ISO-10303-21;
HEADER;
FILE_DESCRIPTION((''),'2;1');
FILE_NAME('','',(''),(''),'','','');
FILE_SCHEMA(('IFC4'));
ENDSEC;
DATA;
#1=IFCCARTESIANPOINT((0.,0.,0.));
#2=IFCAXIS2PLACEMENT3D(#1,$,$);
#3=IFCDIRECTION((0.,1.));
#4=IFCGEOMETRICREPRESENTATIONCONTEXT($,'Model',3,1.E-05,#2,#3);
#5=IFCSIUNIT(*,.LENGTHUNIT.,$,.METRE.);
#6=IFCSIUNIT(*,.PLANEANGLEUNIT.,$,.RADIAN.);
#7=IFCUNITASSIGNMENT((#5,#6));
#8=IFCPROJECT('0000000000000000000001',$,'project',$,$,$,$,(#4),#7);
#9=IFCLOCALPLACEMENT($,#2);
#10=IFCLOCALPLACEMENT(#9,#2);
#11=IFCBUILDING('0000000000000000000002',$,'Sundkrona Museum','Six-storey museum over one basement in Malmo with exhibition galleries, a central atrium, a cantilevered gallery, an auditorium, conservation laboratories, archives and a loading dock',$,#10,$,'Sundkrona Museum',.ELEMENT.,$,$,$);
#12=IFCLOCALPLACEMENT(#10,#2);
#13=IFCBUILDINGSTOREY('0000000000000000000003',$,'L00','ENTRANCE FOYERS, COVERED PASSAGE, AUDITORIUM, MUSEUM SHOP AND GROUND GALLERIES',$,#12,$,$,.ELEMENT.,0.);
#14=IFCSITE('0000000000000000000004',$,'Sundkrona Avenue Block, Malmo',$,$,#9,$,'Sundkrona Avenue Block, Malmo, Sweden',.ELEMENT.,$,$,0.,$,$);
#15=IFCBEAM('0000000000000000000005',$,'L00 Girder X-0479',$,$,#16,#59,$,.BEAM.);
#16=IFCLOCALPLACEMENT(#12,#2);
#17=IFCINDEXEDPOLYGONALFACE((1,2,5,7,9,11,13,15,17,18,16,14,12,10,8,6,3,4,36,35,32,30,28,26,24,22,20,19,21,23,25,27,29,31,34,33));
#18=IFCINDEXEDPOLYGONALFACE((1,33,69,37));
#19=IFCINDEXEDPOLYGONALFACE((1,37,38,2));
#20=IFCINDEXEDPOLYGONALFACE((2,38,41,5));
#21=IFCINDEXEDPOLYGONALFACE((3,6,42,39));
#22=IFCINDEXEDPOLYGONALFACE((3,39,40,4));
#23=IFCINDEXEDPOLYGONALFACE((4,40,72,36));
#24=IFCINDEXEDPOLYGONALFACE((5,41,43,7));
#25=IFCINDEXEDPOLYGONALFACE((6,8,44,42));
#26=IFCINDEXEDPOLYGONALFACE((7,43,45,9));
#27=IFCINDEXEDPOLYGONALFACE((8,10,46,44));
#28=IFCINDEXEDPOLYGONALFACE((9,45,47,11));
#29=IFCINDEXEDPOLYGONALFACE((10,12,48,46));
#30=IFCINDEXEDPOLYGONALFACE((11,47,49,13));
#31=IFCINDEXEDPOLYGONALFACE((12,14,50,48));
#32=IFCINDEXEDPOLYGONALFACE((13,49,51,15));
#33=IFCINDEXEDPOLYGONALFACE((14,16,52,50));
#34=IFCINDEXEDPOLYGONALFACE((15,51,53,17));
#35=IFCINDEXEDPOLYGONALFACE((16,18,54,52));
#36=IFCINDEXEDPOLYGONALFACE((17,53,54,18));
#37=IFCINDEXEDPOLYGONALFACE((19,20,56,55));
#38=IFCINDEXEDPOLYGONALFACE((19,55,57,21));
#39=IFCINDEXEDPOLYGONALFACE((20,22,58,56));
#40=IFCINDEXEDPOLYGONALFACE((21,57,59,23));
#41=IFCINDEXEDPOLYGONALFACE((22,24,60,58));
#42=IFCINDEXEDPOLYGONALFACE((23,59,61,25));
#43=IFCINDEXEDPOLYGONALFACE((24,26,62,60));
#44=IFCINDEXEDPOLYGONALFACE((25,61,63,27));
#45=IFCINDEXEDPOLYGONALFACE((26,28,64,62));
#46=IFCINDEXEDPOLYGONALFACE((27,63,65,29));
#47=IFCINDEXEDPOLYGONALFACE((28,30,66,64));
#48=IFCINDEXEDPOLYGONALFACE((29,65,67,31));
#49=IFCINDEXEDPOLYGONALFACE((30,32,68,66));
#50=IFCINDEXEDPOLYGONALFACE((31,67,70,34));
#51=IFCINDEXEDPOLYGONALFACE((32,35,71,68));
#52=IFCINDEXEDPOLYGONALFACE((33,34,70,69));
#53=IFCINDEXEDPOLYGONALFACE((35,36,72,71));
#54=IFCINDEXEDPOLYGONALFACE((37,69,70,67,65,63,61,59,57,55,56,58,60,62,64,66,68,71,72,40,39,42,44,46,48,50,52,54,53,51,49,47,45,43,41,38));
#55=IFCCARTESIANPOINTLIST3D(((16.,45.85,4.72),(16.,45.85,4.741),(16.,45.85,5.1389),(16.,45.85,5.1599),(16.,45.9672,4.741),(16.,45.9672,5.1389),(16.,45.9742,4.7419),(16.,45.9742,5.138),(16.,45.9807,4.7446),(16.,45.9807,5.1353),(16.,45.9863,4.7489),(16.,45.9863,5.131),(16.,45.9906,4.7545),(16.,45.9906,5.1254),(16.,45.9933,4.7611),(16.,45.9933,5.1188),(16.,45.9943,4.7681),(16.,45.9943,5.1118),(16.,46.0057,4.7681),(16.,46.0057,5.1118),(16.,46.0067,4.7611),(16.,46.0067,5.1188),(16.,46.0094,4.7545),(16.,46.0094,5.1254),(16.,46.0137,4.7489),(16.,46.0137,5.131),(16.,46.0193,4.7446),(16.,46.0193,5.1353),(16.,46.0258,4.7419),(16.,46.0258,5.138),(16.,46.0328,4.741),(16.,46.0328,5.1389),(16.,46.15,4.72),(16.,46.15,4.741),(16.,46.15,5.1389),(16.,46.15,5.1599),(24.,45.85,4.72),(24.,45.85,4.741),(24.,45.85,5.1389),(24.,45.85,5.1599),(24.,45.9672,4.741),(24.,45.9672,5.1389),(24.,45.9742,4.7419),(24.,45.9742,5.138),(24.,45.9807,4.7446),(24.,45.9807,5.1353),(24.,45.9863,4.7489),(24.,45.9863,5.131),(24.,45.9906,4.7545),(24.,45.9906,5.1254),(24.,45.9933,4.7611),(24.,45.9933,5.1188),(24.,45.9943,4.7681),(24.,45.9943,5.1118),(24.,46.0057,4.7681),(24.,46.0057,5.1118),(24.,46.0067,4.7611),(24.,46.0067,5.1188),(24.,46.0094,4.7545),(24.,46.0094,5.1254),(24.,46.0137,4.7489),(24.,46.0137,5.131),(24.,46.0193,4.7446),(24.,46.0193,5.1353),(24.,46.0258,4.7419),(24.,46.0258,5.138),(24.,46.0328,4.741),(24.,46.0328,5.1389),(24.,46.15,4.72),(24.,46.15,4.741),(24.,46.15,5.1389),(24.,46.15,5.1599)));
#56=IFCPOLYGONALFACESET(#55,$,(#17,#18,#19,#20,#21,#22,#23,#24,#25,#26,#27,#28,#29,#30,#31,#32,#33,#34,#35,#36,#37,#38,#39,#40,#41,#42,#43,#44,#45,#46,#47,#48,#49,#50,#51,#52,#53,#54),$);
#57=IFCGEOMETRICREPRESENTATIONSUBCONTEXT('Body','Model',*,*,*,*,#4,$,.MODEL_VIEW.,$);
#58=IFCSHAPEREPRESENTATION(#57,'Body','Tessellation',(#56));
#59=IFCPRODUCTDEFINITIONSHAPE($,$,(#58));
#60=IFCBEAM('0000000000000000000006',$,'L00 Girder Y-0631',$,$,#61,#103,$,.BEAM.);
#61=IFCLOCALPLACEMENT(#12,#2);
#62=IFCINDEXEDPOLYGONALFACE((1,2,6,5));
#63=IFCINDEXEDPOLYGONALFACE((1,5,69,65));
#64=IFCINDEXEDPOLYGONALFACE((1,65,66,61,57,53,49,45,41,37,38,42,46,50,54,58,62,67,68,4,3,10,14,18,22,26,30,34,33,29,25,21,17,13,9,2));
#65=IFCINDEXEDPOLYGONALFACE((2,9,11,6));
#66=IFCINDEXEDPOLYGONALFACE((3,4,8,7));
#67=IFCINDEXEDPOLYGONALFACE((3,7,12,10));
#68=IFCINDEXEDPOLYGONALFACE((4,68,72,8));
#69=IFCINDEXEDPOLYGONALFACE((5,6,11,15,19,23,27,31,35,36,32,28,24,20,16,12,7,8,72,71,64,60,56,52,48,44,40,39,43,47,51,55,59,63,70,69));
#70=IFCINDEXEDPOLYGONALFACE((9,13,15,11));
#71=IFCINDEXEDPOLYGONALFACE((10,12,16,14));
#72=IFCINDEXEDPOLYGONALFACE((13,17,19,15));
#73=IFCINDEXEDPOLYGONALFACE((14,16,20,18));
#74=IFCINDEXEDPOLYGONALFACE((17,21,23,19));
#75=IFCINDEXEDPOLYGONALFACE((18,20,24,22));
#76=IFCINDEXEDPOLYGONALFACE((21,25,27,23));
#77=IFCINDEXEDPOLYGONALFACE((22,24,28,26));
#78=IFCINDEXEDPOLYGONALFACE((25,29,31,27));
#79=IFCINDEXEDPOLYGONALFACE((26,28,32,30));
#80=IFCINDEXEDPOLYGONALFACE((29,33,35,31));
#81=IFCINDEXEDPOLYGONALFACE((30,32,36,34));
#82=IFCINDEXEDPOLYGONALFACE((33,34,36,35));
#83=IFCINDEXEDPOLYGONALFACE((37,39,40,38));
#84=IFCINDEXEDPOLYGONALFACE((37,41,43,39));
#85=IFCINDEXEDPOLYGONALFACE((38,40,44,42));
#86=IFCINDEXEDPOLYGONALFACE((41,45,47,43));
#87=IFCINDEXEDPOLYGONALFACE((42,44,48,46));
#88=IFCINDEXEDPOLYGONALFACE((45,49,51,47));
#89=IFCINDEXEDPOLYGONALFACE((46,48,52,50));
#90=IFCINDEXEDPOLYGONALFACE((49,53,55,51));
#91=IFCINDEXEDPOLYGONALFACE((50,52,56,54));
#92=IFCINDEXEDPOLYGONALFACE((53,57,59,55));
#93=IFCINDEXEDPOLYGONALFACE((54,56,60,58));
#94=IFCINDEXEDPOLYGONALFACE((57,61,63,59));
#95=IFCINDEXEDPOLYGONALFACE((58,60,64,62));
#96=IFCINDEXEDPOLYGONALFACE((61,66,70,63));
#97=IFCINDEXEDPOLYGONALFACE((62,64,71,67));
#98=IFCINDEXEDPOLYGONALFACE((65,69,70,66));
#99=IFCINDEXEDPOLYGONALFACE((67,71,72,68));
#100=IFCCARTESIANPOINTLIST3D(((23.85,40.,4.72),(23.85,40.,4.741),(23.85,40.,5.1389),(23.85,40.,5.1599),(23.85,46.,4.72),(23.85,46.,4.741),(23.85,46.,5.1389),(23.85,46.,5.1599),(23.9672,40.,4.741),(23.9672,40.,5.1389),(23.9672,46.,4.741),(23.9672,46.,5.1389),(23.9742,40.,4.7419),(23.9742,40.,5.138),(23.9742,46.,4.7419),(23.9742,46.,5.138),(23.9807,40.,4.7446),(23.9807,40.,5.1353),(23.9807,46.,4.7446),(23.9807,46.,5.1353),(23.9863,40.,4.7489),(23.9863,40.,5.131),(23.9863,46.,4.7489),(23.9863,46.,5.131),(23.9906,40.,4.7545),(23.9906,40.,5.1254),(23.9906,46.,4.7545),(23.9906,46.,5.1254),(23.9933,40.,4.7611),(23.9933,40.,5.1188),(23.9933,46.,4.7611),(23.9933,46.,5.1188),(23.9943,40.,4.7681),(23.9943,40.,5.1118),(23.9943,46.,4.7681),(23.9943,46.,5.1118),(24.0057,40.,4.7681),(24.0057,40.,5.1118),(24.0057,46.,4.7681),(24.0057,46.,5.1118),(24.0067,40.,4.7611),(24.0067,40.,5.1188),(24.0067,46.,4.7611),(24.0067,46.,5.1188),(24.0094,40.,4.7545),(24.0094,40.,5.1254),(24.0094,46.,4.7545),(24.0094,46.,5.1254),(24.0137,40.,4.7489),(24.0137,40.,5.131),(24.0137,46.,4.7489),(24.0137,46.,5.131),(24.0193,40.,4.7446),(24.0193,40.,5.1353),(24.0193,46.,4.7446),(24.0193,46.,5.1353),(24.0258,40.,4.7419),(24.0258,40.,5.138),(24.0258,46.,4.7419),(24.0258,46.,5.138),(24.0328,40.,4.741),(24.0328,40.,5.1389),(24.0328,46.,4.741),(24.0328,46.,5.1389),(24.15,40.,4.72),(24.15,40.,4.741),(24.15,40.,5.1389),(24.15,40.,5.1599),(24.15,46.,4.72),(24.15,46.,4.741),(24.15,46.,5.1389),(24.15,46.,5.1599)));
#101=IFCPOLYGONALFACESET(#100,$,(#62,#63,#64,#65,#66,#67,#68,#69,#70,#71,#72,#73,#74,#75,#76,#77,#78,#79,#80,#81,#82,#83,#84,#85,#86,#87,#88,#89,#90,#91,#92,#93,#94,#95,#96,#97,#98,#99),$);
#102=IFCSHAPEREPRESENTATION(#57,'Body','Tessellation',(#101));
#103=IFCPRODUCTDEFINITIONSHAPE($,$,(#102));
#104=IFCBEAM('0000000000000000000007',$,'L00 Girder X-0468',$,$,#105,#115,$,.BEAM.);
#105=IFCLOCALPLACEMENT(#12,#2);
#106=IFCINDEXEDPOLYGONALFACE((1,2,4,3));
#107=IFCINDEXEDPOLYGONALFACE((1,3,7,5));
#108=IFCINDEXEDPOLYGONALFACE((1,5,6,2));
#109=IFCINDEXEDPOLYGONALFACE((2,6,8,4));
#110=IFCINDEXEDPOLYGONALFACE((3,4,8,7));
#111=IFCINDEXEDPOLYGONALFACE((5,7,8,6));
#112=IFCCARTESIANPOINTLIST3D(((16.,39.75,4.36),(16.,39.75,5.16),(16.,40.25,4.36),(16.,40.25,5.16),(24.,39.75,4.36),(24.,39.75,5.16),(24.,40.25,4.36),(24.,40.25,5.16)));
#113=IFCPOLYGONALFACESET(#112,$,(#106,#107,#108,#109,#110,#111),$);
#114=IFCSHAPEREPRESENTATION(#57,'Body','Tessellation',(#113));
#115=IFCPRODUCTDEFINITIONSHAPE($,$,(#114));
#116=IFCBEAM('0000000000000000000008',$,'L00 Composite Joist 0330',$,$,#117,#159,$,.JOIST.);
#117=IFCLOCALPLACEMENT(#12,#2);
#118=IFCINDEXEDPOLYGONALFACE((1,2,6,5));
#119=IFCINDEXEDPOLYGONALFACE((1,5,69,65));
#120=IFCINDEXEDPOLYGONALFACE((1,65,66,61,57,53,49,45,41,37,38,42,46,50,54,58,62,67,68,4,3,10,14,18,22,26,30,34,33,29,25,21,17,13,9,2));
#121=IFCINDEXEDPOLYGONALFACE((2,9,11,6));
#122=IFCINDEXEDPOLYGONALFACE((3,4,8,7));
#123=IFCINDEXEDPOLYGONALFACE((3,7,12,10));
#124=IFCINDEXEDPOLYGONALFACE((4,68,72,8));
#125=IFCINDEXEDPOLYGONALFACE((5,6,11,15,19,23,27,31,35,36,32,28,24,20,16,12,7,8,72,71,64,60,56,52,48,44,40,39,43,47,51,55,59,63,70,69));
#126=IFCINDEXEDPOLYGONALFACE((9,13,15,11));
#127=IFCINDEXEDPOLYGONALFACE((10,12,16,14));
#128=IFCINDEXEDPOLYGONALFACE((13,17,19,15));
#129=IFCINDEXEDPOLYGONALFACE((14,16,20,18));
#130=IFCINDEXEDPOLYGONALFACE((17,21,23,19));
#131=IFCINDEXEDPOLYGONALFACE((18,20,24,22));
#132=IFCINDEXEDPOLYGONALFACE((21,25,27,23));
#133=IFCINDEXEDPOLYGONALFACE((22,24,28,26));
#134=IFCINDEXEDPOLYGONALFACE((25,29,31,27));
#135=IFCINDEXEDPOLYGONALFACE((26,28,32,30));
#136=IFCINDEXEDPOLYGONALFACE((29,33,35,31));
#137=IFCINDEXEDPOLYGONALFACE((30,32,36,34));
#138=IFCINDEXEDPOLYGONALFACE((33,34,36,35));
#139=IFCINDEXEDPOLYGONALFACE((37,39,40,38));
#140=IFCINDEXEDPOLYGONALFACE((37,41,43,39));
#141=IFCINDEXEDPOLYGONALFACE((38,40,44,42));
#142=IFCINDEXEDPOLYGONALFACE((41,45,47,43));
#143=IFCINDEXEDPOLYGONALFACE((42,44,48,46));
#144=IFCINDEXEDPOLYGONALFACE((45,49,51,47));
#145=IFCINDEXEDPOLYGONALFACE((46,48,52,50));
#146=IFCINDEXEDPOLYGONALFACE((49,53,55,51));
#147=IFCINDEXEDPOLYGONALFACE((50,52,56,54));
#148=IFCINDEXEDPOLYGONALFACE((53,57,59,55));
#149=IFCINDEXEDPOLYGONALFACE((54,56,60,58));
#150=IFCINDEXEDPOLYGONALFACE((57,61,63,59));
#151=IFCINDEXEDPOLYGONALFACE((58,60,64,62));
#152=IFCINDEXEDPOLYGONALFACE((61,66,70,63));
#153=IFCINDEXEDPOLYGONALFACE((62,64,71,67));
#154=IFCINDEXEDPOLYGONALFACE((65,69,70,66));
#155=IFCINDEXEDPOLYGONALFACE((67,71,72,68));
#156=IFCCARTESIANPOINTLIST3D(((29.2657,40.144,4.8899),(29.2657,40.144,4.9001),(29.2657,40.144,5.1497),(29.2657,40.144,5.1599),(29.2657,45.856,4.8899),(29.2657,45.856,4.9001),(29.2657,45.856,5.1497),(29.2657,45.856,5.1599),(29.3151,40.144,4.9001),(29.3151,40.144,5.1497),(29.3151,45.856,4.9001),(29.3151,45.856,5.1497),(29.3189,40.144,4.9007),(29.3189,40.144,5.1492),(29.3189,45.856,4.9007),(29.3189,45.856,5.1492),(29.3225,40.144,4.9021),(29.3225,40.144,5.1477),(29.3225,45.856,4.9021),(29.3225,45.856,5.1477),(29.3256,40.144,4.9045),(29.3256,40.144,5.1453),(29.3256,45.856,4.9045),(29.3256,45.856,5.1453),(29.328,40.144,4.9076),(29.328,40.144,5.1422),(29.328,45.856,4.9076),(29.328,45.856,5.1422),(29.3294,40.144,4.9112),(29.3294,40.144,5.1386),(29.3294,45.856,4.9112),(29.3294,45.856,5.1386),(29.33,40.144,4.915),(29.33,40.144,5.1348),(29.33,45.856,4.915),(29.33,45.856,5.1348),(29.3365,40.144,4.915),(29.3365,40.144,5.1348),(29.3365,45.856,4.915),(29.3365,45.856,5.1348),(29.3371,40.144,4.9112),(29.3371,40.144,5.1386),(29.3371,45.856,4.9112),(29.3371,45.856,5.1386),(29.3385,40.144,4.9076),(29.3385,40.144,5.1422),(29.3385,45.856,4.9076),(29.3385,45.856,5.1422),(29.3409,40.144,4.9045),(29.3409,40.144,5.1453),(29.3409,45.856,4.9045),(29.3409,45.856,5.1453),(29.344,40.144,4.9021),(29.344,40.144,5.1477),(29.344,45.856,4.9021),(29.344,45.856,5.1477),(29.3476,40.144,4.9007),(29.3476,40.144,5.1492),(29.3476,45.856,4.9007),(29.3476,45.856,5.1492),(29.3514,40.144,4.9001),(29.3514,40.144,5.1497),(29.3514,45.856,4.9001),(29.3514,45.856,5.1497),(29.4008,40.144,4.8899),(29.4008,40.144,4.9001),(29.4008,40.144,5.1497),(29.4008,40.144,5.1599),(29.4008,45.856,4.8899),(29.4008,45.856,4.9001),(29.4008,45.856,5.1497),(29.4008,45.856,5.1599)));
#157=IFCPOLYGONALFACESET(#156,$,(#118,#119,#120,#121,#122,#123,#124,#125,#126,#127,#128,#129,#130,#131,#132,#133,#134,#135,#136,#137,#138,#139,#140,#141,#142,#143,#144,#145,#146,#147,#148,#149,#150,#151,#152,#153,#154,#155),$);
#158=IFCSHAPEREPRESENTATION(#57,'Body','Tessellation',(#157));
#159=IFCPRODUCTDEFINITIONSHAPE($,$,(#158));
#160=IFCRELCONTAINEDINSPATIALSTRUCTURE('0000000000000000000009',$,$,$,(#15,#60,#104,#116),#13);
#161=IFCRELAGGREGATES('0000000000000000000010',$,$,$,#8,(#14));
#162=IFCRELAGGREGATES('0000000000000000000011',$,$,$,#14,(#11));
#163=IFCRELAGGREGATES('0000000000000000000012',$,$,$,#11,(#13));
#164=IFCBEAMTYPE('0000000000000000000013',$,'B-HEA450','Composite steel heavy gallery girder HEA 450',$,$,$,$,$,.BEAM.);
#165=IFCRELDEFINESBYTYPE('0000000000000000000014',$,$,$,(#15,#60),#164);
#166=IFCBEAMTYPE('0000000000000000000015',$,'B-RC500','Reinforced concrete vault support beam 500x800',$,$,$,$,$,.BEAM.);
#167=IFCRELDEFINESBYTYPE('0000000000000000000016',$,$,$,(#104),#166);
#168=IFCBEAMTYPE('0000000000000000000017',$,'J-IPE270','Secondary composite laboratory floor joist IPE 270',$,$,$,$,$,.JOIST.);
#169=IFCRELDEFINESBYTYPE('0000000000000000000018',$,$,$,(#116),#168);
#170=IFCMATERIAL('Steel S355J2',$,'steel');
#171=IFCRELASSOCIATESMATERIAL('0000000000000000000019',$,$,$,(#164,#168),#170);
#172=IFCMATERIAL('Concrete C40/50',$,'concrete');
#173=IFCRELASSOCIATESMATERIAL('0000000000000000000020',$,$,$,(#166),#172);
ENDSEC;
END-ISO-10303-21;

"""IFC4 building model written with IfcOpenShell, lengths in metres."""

from ifc_helpers import new_model, si_unit, direction, frame, origin, origin_2d, place, context, subcontext, project, spatial, rectangle, i_section, extrude, material, material_profile, profile_set, type_object, element, save


model = new_model("IFC4")

# Units and contexts
model_context = context("Model", 3, precision=1e-05, world=origin(), true_north=direction((0.0, 1.0)))
body_context = subcontext(model_context, "Body", "Model", "MODEL_VIEW")
ifc_project = project(units=[si_unit("LENGTHUNIT", "METRE"), si_unit("PLANEANGLEUNIT", "RADIAN")], contexts=[model_context])

# Site, building, storey
site_placement = place(None, origin())
site = spatial("IfcSite", under=ifc_project, at=site_placement, Name="Sundkrona Avenue Block, Malmo", LongName="Sundkrona Avenue Block, Malmo, Sweden", CompositionType="ELEMENT", RefElevation=0.0)
building_placement = place(site_placement, origin())
building = spatial("IfcBuilding", under=site, at=building_placement, Name="Sundkrona Museum", Description="Six-storey museum over one basement in Malmo with exhibition galleries, a central atrium, a cantilevered gallery, an auditorium, conservation laboratories, archives and a loading dock", LongName="Sundkrona Museum", CompositionType="ELEMENT")
storey_placement = place(building_placement, origin())
storey = spatial("IfcBuildingStorey", under=building, at=storey_placement, Name="L00", Description="ENTRANCE FOYERS, COVERED PASSAGE, AUDITORIUM, MUSEUM SHOP AND GROUND GALLERIES", CompositionType="ELEMENT", Elevation=0.0)

# Shared definitions
ifc_material_1 = material(Name="Steel S355J2", Category="steel")

# Beams
ifc_material_profile_1 = material_profile(ifc_material_1, i_section(OverallWidth=0.3, OverallDepth=0.4399, WebThickness=0.0115, FlangeThickness=0.021, FilletRadius=0.0271, at=origin_2d()), Name="HEA 450")
ifc_profile_set_1 = profile_set([ifc_material_profile_1], Name="Steel S355J2")
beam_type_1 = type_object("IfcBeamType", Name="B-HEA450", Description="Composite steel heavy gallery girder HEA 450", PredefinedType="BEAM", material=ifc_profile_set_1)
for number, where, z_axis, x_axis, name in (
    (1, (16.0, 46.0, 4.9399), (1.0, 0.0, 0.0), (0.0, 1.0, 0.0), "L00 Girder X-0479"),
):
    element("IfcBeam", number, at=place(storey_placement, frame(where, z_axis=z_axis, x_axis=x_axis)), inside=storey, type_object=beam_type_1, Name=name, PredefinedType="BEAM", context=body_context, shape_type="SweptSolid", body=[
        extrude(i_section(OverallWidth=0.3, OverallDepth=0.4399, WebThickness=0.0115, FlangeThickness=0.021, FilletRadius=0.0271, at=origin_2d()), origin(), (0.0, 0.0, 1.0), 8.0),
    ])
beam_1_placement = place(storey_placement, frame((24.0, 40.0, 4.9399), z_axis=(0.0, 1.0, 0.0), x_axis=(-1.0, 0.0, 0.0)))
element("IfcBeam", 2, at=beam_1_placement, inside=storey, type_object=beam_type_1, Name="L00 Girder Y-0631", PredefinedType="BEAM", context=body_context, shape_type="SweptSolid", body=[
    extrude(i_section(OverallWidth=0.3, OverallDepth=0.4399, WebThickness=0.0115, FlangeThickness=0.021, FilletRadius=0.0271, at=origin_2d()), origin(), (0.0, 0.0, 1.0), 6.0),
])
ifc_material_2 = material(Name="Concrete C40/50", Category="concrete")
ifc_material_profile_2 = material_profile(ifc_material_2, rectangle(XDim=0.5, YDim=0.8, at=origin_2d()), Name="RCB 500x800")
ifc_profile_set_2 = profile_set([ifc_material_profile_2], Name="Concrete C40/50")
beam_type_2 = type_object("IfcBeamType", Name="B-RC500", Description="Reinforced concrete vault support beam 500x800", PredefinedType="BEAM", material=ifc_profile_set_2)
beam_2_placement = place(storey_placement, frame((16.0, 40.0, 4.76), z_axis=(1.0, 0.0, 0.0), x_axis=(0.0, 1.0, 0.0)))
element("IfcBeam", 3, at=beam_2_placement, inside=storey, type_object=beam_type_2, Name="L00 Girder X-0468", PredefinedType="BEAM", context=body_context, shape_type="SweptSolid", body=[
    extrude(rectangle(XDim=0.5, YDim=0.8, at=origin_2d()), origin(), (0.0, 0.0, 1.0), 8.0),
])
ifc_material_profile_3 = material_profile(ifc_material_1, i_section(OverallWidth=0.135, OverallDepth=0.27, WebThickness=0.0066, FlangeThickness=0.0103, FilletRadius=0.0149, at=origin_2d()), Name="IPE 270")
ifc_profile_set_3 = profile_set([ifc_material_profile_3], Name="Steel S355J2")
beam_type_3 = type_object("IfcBeamType", Name="J-IPE270", Description="Secondary composite laboratory floor joist IPE 270", PredefinedType="JOIST", material=ifc_profile_set_3)
beam_3_placement = place(storey_placement, frame((29.3333, 40.144, 5.0249), z_axis=(0.0, 1.0, 0.0), x_axis=(-1.0, 0.0, 0.0)))
element("IfcBeam", 4, at=beam_3_placement, inside=storey, type_object=beam_type_3, Name="L00 Composite Joist 0330", PredefinedType="JOIST", context=body_context, shape_type="SweptSolid", body=[
    extrude(i_section(OverallWidth=0.135, OverallDepth=0.27, WebThickness=0.0066, FlangeThickness=0.0103, FilletRadius=0.0149, at=origin_2d()), origin(), (0.0, 0.0, 1.0), 5.7119),
])

save(model, "model.ifc")
